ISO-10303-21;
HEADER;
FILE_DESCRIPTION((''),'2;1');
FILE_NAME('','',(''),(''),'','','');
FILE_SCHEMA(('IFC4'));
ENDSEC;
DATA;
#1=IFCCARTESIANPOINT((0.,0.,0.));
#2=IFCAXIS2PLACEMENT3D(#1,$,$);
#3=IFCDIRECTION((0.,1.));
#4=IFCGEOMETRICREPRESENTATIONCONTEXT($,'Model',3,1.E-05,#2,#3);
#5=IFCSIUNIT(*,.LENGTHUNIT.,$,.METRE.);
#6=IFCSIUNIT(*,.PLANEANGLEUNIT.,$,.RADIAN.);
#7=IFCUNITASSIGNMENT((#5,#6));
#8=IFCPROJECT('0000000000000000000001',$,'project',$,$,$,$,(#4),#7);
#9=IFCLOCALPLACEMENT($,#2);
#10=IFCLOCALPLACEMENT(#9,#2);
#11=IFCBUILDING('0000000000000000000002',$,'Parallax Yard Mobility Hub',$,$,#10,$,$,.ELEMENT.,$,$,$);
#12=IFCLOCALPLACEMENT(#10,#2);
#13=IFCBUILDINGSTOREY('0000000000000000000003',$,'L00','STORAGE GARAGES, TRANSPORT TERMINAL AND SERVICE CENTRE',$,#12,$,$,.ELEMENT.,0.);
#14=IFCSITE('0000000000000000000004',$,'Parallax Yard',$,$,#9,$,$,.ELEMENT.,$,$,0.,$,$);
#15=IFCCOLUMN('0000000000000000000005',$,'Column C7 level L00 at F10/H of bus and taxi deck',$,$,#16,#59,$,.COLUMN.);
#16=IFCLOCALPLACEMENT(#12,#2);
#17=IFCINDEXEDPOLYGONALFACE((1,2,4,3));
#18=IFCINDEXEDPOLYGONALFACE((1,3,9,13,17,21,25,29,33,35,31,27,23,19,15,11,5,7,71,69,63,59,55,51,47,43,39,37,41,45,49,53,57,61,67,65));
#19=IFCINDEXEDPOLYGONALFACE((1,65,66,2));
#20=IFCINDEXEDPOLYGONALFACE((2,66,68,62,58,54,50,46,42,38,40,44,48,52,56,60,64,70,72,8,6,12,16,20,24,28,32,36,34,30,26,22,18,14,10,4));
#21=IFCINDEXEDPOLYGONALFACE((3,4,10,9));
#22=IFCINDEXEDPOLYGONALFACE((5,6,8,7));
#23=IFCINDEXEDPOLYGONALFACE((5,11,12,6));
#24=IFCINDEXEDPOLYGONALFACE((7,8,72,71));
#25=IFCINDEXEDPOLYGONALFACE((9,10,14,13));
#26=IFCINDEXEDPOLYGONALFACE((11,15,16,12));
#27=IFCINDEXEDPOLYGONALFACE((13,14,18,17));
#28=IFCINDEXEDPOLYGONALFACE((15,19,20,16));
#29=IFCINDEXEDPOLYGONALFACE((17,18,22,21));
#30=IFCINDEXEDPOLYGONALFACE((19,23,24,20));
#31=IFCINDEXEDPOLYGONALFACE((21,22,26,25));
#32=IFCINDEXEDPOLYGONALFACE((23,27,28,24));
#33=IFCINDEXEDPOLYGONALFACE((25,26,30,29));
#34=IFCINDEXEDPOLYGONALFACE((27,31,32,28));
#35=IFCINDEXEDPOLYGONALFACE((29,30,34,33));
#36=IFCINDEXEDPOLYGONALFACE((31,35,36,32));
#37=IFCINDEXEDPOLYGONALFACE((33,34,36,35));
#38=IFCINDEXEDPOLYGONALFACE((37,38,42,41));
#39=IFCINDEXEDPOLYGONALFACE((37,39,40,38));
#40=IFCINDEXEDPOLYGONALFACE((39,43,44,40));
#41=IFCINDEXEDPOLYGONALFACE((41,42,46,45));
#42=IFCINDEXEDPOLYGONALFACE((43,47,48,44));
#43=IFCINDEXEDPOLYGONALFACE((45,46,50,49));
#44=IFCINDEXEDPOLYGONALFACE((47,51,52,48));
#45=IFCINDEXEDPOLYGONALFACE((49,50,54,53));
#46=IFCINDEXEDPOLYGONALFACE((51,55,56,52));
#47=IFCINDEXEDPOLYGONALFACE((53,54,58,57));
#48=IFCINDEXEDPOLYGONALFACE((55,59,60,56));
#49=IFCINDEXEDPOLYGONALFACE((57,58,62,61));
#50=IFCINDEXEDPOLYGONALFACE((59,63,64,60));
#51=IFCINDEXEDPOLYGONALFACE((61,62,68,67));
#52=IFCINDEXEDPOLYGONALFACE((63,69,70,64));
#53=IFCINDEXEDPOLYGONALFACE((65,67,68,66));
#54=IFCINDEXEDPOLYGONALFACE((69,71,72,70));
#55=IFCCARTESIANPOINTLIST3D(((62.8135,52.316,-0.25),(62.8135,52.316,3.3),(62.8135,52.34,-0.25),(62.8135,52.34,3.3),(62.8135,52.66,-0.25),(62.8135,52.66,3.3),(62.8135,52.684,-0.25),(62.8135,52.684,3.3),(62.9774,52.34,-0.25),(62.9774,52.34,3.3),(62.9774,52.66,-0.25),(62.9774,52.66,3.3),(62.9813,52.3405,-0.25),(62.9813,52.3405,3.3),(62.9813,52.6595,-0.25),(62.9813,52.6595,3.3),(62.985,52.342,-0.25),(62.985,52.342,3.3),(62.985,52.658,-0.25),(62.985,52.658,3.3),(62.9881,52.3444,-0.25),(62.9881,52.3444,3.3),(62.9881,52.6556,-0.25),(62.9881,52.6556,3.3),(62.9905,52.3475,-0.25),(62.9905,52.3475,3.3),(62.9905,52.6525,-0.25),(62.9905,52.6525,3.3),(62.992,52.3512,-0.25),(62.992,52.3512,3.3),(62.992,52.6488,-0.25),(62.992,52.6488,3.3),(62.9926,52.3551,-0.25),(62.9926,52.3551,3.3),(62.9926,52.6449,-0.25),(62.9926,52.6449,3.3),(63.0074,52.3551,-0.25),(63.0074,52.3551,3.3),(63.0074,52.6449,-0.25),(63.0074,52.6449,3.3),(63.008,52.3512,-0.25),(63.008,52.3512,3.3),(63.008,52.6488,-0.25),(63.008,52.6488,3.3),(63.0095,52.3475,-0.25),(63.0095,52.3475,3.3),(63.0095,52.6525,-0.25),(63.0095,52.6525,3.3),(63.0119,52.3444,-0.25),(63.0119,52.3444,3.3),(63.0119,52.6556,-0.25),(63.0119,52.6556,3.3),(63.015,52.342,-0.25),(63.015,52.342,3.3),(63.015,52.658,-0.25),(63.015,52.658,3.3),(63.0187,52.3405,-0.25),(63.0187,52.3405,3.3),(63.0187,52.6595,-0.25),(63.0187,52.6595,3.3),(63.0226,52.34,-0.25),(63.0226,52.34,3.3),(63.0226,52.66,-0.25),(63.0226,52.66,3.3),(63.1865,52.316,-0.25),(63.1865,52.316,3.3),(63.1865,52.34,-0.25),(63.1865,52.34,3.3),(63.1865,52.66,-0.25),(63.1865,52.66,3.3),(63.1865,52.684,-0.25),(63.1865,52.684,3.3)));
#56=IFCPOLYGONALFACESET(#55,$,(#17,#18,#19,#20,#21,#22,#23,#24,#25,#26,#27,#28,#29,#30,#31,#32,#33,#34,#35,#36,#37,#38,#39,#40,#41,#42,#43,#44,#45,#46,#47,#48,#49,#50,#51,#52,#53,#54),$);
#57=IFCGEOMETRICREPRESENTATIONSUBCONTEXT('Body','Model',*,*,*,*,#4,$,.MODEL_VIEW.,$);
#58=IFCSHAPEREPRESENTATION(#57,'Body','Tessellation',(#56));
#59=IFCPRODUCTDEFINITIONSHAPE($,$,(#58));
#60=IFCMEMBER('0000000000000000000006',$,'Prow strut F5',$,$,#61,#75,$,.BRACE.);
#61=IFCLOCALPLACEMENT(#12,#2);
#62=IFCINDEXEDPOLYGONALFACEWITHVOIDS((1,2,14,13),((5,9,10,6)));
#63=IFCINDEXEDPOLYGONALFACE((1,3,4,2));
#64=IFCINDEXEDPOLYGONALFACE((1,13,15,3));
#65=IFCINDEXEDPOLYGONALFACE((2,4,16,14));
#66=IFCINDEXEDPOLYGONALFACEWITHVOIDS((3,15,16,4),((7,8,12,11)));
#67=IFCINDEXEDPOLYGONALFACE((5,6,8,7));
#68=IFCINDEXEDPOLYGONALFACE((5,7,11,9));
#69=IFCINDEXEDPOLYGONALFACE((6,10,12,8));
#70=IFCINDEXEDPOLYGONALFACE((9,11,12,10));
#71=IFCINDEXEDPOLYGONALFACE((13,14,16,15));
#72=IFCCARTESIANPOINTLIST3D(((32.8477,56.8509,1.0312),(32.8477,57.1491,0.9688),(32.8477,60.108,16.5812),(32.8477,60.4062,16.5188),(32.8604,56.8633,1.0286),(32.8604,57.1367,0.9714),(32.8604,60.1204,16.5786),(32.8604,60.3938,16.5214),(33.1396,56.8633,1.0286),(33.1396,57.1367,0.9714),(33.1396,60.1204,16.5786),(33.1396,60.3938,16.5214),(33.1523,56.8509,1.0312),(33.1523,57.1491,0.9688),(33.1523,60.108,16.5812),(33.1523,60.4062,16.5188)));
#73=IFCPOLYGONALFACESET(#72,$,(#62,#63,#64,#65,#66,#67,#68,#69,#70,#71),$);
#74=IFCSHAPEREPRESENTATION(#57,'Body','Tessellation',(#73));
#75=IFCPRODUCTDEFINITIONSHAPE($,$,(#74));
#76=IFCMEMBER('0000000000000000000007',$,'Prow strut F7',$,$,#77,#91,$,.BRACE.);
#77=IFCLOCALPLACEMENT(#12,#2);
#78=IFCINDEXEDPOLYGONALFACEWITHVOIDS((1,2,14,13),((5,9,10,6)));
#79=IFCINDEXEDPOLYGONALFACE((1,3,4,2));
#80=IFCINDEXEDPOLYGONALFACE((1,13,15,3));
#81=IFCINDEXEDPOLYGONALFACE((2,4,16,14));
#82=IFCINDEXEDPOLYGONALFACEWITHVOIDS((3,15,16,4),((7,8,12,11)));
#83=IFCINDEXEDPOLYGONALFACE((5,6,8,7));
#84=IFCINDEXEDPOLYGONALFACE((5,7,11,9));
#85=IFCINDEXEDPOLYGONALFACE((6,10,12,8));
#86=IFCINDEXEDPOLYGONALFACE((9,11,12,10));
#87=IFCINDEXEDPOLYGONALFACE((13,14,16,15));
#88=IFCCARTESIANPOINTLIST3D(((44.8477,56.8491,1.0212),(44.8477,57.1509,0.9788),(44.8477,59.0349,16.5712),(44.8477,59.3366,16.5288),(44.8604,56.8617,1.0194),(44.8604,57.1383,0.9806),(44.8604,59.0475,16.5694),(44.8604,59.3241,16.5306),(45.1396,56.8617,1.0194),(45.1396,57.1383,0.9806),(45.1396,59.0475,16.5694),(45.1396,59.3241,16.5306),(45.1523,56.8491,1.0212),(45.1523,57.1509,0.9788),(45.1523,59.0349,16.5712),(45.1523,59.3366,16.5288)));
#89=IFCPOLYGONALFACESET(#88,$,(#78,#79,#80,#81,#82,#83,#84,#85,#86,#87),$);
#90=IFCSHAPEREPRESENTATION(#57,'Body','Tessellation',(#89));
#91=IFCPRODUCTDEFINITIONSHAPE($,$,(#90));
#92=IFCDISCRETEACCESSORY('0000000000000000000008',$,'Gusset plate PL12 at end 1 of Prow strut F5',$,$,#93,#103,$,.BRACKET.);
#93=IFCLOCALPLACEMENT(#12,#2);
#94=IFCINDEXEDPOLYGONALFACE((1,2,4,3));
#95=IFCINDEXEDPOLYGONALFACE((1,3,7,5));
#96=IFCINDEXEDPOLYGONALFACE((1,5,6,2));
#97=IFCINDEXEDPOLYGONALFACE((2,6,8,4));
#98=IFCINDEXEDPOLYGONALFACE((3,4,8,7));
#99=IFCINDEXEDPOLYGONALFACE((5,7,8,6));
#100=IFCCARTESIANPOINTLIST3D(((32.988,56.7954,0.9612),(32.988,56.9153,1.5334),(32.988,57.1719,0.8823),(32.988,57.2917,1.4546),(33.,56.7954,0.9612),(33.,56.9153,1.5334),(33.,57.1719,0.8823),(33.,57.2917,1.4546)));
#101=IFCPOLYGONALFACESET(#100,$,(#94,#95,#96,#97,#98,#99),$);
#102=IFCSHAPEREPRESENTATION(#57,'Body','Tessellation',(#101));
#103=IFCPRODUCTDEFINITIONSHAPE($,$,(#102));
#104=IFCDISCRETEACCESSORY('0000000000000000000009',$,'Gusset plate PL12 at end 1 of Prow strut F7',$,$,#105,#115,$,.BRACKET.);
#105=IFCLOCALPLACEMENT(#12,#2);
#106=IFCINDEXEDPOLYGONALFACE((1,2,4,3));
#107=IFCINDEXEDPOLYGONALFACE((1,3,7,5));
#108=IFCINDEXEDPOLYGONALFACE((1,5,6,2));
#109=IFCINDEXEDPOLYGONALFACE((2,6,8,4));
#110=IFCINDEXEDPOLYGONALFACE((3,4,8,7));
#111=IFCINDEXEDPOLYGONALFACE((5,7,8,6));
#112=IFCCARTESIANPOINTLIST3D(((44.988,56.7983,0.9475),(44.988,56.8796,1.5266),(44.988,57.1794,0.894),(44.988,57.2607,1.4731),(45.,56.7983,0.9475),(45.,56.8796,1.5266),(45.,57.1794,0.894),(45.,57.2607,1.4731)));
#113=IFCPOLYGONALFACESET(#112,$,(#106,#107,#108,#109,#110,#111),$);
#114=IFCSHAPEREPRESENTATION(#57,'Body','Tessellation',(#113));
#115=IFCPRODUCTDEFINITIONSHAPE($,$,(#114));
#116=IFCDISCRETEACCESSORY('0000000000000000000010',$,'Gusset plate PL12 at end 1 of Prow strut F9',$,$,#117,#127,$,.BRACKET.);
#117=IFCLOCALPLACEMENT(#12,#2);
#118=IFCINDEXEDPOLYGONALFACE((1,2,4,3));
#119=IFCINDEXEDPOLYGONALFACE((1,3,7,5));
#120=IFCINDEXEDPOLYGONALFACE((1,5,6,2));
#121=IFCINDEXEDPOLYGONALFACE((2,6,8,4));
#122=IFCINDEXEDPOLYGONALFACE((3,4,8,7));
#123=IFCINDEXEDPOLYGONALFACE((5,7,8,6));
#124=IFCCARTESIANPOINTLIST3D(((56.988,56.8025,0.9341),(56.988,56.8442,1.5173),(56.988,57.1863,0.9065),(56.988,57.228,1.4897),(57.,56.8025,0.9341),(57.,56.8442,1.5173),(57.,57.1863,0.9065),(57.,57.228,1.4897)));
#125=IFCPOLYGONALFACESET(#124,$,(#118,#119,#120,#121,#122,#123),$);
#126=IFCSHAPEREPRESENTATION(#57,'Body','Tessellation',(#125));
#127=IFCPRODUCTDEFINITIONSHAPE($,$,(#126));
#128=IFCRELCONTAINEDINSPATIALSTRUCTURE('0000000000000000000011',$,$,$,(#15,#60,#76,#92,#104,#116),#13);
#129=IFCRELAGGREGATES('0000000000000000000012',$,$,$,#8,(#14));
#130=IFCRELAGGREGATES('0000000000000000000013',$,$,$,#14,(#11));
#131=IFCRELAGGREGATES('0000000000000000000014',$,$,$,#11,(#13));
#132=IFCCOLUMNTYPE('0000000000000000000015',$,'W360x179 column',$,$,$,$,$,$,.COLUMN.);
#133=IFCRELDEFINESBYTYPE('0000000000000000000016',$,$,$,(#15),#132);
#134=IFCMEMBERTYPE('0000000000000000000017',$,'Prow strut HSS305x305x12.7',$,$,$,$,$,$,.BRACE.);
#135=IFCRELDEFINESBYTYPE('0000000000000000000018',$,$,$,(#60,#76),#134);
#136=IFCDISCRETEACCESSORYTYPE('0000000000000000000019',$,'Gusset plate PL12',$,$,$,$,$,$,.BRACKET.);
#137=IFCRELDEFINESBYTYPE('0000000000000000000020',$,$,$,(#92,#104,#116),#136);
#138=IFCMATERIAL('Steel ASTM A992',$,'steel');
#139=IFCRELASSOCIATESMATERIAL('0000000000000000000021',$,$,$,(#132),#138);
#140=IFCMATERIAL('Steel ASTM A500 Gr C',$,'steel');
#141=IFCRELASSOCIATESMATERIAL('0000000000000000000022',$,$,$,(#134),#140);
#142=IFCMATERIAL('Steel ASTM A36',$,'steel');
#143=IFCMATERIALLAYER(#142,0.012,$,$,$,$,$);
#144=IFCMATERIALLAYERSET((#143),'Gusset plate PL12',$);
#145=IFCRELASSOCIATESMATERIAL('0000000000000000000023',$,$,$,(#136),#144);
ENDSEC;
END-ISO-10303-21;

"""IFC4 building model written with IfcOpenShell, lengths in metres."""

from ifc_helpers import new_model, si_unit, direction, frame, origin, origin_2d, place, context, subcontext, project, spatial, polyline, hollow_rectangle, i_section, outline, extrude, material, layer, layer_set, material_profile, profile_set, type_object, element, save


model = new_model("IFC4")

# Units and contexts
model_context = context("Model", 3, precision=1e-05, world=origin(), true_north=direction((0.0, 1.0)))
body_context = subcontext(model_context, "Body", "Model", "MODEL_VIEW")
ifc_project = project(units=[si_unit("LENGTHUNIT", "METRE"), si_unit("PLANEANGLEUNIT", "RADIAN")], contexts=[model_context])

# Site, building, storey
site_placement = place(None, origin())
site = spatial("IfcSite", under=ifc_project, at=site_placement, Name="Parallax Yard", CompositionType="ELEMENT", RefElevation=0.0)
building_placement = place(site_placement, origin())
building = spatial("IfcBuilding", under=site, at=building_placement, Name="Parallax Yard Mobility Hub", CompositionType="ELEMENT")
storey_placement = place(building_placement, origin())
storey = spatial("IfcBuildingStorey", under=building, at=storey_placement, Name="L00", Description="STORAGE GARAGES, TRANSPORT TERMINAL AND SERVICE CENTRE", CompositionType="ELEMENT", Elevation=0.0)

# Column
ifc_material_1 = material(Name="Steel ASTM A500 Gr C", Category="steel")
ifc_material_2 = material(Name="Steel ASTM A992", Category="steel")
ifc_material_profile_1 = material_profile(ifc_material_2, i_section(OverallWidth=0.373, OverallDepth=0.3679, WebThickness=0.0149, FlangeThickness=0.0239, FilletRadius=0.0151, at=origin_2d()), Name="W360x179")
ifc_profile_set_1 = profile_set([ifc_material_profile_1], Name="Steel ASTM A992")
column_type_1 = type_object("IfcColumnType", Name="W360x179 column", PredefinedType="COLUMN", material=ifc_profile_set_1)
column_placement = place(storey_placement, frame((63.0, 52.5, -0.25), z_axis=(0.0, 0.0, 1.0), x_axis=(1.0, 0.0, 0.0)))
element("IfcColumn", 1, at=column_placement, inside=storey, type_object=column_type_1, Name="Column C7 level L00 at F10/H of bus and taxi deck", PredefinedType="COLUMN", context=body_context, shape_type="SweptSolid", body=[
    extrude(i_section(OverallWidth=0.373, OverallDepth=0.3679, WebThickness=0.0149, FlangeThickness=0.0239, FilletRadius=0.0151, at=origin_2d()), origin(), (0.0, 0.0, 1.0), 3.55),
])

# Members
ifc_material_profile_2 = material_profile(ifc_material_1, hollow_rectangle(XDim=0.3047, YDim=0.3047, WallThickness=0.0127, at=origin_2d()), Name="HSS305x305x12.7")
ifc_profile_set_2 = profile_set([ifc_material_profile_2], Name="Steel ASTM A500 Gr C")
member_type = type_object("IfcMemberType", Name="Prow strut HSS305x305x12.7", PredefinedType="BRACE", material=ifc_profile_set_2)
member_1_placement = place(storey_placement, frame((33.0, 57.0, 1.0), z_axis=(0.0, 0.205009, 0.97876), x_axis=(-1.0, 0.0, 0.0)))
element("IfcMember", 2, at=member_1_placement, inside=storey, type_object=member_type, Name="Prow strut F5", PredefinedType="BRACE", context=body_context, shape_type="SweptSolid", body=[
    extrude(hollow_rectangle(XDim=0.3047, YDim=0.3047, WallThickness=0.0127, at=origin_2d()), origin(), (0.0, 0.0, 1.0), 15.8875),
])
member_2_placement = place(storey_placement, frame((45.0, 57.0, 1.0), z_axis=(0.0, 0.139196, 0.990265), x_axis=(-1.0, 0.0, 0.0)))
element("IfcMember", 3, at=member_2_placement, inside=storey, type_object=member_type, Name="Prow strut F7", PredefinedType="BRACE", context=body_context, shape_type="SweptSolid", body=[
    extrude(hollow_rectangle(XDim=0.3047, YDim=0.3047, WallThickness=0.0127, at=origin_2d()), origin(), (0.0, 0.0, 1.0), 15.7029),
])

# Discrete accessories
ifc_material_3 = material(Name="Steel ASTM A36", Category="steel")
ifc_layer = layer(ifc_material_3, 0.012)
ifc_layer_set = layer_set([ifc_layer], Name="Gusset plate PL12")
discrete_accessory_type = type_object("IfcDiscreteAccessoryType", Name="Gusset plate PL12", PredefinedType="BRACKET", material=ifc_layer_set)
discrete_accessory_1_placement = place(storey_placement, frame((33.0, 56.9153, 1.5334), z_axis=(1.0, 0.0, 0.0), x_axis=(0.0, -0.205021, -0.978758)))
element("IfcDiscreteAccessory", 4, at=discrete_accessory_1_placement, inside=storey, type_object=discrete_accessory_type, Name="Gusset plate PL12 at end 1 of Prow strut F5", PredefinedType="BRACKET", context=body_context, shape_type="SweptSolid", body=[
    extrude(outline(polyline([(0.0, 0.0), (0.5847, 0.0), (0.5847, 0.3846), (0.0, 0.3846), (0.0, 0.0)])), origin(), (0.0, 0.0, -1.0), 0.012),
])
discrete_accessory_2_placement = place(storey_placement, frame((45.0, 56.8796, 1.5266), z_axis=(1.0, 0.0, 0.0), x_axis=(0.0, -0.139025, -0.990289)))
element("IfcDiscreteAccessory", 5, at=discrete_accessory_2_placement, inside=storey, type_object=discrete_accessory_type, Name="Gusset plate PL12 at end 1 of Prow strut F7", PredefinedType="BRACKET", context=body_context, shape_type="SweptSolid", body=[
    extrude(outline(polyline([(0.0, 0.0), (0.5848, 0.0), (0.5847, 0.3848), (0.0, 0.3848), (0.0, 0.0)])), origin(), (0.0, 0.0, -1.0), 0.012),
])
discrete_accessory_3_placement = place(storey_placement, frame((57.0, 56.8442, 1.5173), z_axis=(1.0, 0.0, 0.0), x_axis=(0.0, -0.071395, -0.997448)))
element("IfcDiscreteAccessory", 6, at=discrete_accessory_3_placement, inside=storey, type_object=discrete_accessory_type, Name="Gusset plate PL12 at end 1 of Prow strut F9", PredefinedType="BRACKET", context=body_context, shape_type="SweptSolid", body=[
    extrude(outline(polyline([(0.0, 0.0), (0.5847, 0.0), (0.5849, 0.3848), (0.0001, 0.3848), (0.0, 0.0)])), origin(), (0.0, 0.0, -1.0), 0.012),
])

save(model, "model.ifc")
